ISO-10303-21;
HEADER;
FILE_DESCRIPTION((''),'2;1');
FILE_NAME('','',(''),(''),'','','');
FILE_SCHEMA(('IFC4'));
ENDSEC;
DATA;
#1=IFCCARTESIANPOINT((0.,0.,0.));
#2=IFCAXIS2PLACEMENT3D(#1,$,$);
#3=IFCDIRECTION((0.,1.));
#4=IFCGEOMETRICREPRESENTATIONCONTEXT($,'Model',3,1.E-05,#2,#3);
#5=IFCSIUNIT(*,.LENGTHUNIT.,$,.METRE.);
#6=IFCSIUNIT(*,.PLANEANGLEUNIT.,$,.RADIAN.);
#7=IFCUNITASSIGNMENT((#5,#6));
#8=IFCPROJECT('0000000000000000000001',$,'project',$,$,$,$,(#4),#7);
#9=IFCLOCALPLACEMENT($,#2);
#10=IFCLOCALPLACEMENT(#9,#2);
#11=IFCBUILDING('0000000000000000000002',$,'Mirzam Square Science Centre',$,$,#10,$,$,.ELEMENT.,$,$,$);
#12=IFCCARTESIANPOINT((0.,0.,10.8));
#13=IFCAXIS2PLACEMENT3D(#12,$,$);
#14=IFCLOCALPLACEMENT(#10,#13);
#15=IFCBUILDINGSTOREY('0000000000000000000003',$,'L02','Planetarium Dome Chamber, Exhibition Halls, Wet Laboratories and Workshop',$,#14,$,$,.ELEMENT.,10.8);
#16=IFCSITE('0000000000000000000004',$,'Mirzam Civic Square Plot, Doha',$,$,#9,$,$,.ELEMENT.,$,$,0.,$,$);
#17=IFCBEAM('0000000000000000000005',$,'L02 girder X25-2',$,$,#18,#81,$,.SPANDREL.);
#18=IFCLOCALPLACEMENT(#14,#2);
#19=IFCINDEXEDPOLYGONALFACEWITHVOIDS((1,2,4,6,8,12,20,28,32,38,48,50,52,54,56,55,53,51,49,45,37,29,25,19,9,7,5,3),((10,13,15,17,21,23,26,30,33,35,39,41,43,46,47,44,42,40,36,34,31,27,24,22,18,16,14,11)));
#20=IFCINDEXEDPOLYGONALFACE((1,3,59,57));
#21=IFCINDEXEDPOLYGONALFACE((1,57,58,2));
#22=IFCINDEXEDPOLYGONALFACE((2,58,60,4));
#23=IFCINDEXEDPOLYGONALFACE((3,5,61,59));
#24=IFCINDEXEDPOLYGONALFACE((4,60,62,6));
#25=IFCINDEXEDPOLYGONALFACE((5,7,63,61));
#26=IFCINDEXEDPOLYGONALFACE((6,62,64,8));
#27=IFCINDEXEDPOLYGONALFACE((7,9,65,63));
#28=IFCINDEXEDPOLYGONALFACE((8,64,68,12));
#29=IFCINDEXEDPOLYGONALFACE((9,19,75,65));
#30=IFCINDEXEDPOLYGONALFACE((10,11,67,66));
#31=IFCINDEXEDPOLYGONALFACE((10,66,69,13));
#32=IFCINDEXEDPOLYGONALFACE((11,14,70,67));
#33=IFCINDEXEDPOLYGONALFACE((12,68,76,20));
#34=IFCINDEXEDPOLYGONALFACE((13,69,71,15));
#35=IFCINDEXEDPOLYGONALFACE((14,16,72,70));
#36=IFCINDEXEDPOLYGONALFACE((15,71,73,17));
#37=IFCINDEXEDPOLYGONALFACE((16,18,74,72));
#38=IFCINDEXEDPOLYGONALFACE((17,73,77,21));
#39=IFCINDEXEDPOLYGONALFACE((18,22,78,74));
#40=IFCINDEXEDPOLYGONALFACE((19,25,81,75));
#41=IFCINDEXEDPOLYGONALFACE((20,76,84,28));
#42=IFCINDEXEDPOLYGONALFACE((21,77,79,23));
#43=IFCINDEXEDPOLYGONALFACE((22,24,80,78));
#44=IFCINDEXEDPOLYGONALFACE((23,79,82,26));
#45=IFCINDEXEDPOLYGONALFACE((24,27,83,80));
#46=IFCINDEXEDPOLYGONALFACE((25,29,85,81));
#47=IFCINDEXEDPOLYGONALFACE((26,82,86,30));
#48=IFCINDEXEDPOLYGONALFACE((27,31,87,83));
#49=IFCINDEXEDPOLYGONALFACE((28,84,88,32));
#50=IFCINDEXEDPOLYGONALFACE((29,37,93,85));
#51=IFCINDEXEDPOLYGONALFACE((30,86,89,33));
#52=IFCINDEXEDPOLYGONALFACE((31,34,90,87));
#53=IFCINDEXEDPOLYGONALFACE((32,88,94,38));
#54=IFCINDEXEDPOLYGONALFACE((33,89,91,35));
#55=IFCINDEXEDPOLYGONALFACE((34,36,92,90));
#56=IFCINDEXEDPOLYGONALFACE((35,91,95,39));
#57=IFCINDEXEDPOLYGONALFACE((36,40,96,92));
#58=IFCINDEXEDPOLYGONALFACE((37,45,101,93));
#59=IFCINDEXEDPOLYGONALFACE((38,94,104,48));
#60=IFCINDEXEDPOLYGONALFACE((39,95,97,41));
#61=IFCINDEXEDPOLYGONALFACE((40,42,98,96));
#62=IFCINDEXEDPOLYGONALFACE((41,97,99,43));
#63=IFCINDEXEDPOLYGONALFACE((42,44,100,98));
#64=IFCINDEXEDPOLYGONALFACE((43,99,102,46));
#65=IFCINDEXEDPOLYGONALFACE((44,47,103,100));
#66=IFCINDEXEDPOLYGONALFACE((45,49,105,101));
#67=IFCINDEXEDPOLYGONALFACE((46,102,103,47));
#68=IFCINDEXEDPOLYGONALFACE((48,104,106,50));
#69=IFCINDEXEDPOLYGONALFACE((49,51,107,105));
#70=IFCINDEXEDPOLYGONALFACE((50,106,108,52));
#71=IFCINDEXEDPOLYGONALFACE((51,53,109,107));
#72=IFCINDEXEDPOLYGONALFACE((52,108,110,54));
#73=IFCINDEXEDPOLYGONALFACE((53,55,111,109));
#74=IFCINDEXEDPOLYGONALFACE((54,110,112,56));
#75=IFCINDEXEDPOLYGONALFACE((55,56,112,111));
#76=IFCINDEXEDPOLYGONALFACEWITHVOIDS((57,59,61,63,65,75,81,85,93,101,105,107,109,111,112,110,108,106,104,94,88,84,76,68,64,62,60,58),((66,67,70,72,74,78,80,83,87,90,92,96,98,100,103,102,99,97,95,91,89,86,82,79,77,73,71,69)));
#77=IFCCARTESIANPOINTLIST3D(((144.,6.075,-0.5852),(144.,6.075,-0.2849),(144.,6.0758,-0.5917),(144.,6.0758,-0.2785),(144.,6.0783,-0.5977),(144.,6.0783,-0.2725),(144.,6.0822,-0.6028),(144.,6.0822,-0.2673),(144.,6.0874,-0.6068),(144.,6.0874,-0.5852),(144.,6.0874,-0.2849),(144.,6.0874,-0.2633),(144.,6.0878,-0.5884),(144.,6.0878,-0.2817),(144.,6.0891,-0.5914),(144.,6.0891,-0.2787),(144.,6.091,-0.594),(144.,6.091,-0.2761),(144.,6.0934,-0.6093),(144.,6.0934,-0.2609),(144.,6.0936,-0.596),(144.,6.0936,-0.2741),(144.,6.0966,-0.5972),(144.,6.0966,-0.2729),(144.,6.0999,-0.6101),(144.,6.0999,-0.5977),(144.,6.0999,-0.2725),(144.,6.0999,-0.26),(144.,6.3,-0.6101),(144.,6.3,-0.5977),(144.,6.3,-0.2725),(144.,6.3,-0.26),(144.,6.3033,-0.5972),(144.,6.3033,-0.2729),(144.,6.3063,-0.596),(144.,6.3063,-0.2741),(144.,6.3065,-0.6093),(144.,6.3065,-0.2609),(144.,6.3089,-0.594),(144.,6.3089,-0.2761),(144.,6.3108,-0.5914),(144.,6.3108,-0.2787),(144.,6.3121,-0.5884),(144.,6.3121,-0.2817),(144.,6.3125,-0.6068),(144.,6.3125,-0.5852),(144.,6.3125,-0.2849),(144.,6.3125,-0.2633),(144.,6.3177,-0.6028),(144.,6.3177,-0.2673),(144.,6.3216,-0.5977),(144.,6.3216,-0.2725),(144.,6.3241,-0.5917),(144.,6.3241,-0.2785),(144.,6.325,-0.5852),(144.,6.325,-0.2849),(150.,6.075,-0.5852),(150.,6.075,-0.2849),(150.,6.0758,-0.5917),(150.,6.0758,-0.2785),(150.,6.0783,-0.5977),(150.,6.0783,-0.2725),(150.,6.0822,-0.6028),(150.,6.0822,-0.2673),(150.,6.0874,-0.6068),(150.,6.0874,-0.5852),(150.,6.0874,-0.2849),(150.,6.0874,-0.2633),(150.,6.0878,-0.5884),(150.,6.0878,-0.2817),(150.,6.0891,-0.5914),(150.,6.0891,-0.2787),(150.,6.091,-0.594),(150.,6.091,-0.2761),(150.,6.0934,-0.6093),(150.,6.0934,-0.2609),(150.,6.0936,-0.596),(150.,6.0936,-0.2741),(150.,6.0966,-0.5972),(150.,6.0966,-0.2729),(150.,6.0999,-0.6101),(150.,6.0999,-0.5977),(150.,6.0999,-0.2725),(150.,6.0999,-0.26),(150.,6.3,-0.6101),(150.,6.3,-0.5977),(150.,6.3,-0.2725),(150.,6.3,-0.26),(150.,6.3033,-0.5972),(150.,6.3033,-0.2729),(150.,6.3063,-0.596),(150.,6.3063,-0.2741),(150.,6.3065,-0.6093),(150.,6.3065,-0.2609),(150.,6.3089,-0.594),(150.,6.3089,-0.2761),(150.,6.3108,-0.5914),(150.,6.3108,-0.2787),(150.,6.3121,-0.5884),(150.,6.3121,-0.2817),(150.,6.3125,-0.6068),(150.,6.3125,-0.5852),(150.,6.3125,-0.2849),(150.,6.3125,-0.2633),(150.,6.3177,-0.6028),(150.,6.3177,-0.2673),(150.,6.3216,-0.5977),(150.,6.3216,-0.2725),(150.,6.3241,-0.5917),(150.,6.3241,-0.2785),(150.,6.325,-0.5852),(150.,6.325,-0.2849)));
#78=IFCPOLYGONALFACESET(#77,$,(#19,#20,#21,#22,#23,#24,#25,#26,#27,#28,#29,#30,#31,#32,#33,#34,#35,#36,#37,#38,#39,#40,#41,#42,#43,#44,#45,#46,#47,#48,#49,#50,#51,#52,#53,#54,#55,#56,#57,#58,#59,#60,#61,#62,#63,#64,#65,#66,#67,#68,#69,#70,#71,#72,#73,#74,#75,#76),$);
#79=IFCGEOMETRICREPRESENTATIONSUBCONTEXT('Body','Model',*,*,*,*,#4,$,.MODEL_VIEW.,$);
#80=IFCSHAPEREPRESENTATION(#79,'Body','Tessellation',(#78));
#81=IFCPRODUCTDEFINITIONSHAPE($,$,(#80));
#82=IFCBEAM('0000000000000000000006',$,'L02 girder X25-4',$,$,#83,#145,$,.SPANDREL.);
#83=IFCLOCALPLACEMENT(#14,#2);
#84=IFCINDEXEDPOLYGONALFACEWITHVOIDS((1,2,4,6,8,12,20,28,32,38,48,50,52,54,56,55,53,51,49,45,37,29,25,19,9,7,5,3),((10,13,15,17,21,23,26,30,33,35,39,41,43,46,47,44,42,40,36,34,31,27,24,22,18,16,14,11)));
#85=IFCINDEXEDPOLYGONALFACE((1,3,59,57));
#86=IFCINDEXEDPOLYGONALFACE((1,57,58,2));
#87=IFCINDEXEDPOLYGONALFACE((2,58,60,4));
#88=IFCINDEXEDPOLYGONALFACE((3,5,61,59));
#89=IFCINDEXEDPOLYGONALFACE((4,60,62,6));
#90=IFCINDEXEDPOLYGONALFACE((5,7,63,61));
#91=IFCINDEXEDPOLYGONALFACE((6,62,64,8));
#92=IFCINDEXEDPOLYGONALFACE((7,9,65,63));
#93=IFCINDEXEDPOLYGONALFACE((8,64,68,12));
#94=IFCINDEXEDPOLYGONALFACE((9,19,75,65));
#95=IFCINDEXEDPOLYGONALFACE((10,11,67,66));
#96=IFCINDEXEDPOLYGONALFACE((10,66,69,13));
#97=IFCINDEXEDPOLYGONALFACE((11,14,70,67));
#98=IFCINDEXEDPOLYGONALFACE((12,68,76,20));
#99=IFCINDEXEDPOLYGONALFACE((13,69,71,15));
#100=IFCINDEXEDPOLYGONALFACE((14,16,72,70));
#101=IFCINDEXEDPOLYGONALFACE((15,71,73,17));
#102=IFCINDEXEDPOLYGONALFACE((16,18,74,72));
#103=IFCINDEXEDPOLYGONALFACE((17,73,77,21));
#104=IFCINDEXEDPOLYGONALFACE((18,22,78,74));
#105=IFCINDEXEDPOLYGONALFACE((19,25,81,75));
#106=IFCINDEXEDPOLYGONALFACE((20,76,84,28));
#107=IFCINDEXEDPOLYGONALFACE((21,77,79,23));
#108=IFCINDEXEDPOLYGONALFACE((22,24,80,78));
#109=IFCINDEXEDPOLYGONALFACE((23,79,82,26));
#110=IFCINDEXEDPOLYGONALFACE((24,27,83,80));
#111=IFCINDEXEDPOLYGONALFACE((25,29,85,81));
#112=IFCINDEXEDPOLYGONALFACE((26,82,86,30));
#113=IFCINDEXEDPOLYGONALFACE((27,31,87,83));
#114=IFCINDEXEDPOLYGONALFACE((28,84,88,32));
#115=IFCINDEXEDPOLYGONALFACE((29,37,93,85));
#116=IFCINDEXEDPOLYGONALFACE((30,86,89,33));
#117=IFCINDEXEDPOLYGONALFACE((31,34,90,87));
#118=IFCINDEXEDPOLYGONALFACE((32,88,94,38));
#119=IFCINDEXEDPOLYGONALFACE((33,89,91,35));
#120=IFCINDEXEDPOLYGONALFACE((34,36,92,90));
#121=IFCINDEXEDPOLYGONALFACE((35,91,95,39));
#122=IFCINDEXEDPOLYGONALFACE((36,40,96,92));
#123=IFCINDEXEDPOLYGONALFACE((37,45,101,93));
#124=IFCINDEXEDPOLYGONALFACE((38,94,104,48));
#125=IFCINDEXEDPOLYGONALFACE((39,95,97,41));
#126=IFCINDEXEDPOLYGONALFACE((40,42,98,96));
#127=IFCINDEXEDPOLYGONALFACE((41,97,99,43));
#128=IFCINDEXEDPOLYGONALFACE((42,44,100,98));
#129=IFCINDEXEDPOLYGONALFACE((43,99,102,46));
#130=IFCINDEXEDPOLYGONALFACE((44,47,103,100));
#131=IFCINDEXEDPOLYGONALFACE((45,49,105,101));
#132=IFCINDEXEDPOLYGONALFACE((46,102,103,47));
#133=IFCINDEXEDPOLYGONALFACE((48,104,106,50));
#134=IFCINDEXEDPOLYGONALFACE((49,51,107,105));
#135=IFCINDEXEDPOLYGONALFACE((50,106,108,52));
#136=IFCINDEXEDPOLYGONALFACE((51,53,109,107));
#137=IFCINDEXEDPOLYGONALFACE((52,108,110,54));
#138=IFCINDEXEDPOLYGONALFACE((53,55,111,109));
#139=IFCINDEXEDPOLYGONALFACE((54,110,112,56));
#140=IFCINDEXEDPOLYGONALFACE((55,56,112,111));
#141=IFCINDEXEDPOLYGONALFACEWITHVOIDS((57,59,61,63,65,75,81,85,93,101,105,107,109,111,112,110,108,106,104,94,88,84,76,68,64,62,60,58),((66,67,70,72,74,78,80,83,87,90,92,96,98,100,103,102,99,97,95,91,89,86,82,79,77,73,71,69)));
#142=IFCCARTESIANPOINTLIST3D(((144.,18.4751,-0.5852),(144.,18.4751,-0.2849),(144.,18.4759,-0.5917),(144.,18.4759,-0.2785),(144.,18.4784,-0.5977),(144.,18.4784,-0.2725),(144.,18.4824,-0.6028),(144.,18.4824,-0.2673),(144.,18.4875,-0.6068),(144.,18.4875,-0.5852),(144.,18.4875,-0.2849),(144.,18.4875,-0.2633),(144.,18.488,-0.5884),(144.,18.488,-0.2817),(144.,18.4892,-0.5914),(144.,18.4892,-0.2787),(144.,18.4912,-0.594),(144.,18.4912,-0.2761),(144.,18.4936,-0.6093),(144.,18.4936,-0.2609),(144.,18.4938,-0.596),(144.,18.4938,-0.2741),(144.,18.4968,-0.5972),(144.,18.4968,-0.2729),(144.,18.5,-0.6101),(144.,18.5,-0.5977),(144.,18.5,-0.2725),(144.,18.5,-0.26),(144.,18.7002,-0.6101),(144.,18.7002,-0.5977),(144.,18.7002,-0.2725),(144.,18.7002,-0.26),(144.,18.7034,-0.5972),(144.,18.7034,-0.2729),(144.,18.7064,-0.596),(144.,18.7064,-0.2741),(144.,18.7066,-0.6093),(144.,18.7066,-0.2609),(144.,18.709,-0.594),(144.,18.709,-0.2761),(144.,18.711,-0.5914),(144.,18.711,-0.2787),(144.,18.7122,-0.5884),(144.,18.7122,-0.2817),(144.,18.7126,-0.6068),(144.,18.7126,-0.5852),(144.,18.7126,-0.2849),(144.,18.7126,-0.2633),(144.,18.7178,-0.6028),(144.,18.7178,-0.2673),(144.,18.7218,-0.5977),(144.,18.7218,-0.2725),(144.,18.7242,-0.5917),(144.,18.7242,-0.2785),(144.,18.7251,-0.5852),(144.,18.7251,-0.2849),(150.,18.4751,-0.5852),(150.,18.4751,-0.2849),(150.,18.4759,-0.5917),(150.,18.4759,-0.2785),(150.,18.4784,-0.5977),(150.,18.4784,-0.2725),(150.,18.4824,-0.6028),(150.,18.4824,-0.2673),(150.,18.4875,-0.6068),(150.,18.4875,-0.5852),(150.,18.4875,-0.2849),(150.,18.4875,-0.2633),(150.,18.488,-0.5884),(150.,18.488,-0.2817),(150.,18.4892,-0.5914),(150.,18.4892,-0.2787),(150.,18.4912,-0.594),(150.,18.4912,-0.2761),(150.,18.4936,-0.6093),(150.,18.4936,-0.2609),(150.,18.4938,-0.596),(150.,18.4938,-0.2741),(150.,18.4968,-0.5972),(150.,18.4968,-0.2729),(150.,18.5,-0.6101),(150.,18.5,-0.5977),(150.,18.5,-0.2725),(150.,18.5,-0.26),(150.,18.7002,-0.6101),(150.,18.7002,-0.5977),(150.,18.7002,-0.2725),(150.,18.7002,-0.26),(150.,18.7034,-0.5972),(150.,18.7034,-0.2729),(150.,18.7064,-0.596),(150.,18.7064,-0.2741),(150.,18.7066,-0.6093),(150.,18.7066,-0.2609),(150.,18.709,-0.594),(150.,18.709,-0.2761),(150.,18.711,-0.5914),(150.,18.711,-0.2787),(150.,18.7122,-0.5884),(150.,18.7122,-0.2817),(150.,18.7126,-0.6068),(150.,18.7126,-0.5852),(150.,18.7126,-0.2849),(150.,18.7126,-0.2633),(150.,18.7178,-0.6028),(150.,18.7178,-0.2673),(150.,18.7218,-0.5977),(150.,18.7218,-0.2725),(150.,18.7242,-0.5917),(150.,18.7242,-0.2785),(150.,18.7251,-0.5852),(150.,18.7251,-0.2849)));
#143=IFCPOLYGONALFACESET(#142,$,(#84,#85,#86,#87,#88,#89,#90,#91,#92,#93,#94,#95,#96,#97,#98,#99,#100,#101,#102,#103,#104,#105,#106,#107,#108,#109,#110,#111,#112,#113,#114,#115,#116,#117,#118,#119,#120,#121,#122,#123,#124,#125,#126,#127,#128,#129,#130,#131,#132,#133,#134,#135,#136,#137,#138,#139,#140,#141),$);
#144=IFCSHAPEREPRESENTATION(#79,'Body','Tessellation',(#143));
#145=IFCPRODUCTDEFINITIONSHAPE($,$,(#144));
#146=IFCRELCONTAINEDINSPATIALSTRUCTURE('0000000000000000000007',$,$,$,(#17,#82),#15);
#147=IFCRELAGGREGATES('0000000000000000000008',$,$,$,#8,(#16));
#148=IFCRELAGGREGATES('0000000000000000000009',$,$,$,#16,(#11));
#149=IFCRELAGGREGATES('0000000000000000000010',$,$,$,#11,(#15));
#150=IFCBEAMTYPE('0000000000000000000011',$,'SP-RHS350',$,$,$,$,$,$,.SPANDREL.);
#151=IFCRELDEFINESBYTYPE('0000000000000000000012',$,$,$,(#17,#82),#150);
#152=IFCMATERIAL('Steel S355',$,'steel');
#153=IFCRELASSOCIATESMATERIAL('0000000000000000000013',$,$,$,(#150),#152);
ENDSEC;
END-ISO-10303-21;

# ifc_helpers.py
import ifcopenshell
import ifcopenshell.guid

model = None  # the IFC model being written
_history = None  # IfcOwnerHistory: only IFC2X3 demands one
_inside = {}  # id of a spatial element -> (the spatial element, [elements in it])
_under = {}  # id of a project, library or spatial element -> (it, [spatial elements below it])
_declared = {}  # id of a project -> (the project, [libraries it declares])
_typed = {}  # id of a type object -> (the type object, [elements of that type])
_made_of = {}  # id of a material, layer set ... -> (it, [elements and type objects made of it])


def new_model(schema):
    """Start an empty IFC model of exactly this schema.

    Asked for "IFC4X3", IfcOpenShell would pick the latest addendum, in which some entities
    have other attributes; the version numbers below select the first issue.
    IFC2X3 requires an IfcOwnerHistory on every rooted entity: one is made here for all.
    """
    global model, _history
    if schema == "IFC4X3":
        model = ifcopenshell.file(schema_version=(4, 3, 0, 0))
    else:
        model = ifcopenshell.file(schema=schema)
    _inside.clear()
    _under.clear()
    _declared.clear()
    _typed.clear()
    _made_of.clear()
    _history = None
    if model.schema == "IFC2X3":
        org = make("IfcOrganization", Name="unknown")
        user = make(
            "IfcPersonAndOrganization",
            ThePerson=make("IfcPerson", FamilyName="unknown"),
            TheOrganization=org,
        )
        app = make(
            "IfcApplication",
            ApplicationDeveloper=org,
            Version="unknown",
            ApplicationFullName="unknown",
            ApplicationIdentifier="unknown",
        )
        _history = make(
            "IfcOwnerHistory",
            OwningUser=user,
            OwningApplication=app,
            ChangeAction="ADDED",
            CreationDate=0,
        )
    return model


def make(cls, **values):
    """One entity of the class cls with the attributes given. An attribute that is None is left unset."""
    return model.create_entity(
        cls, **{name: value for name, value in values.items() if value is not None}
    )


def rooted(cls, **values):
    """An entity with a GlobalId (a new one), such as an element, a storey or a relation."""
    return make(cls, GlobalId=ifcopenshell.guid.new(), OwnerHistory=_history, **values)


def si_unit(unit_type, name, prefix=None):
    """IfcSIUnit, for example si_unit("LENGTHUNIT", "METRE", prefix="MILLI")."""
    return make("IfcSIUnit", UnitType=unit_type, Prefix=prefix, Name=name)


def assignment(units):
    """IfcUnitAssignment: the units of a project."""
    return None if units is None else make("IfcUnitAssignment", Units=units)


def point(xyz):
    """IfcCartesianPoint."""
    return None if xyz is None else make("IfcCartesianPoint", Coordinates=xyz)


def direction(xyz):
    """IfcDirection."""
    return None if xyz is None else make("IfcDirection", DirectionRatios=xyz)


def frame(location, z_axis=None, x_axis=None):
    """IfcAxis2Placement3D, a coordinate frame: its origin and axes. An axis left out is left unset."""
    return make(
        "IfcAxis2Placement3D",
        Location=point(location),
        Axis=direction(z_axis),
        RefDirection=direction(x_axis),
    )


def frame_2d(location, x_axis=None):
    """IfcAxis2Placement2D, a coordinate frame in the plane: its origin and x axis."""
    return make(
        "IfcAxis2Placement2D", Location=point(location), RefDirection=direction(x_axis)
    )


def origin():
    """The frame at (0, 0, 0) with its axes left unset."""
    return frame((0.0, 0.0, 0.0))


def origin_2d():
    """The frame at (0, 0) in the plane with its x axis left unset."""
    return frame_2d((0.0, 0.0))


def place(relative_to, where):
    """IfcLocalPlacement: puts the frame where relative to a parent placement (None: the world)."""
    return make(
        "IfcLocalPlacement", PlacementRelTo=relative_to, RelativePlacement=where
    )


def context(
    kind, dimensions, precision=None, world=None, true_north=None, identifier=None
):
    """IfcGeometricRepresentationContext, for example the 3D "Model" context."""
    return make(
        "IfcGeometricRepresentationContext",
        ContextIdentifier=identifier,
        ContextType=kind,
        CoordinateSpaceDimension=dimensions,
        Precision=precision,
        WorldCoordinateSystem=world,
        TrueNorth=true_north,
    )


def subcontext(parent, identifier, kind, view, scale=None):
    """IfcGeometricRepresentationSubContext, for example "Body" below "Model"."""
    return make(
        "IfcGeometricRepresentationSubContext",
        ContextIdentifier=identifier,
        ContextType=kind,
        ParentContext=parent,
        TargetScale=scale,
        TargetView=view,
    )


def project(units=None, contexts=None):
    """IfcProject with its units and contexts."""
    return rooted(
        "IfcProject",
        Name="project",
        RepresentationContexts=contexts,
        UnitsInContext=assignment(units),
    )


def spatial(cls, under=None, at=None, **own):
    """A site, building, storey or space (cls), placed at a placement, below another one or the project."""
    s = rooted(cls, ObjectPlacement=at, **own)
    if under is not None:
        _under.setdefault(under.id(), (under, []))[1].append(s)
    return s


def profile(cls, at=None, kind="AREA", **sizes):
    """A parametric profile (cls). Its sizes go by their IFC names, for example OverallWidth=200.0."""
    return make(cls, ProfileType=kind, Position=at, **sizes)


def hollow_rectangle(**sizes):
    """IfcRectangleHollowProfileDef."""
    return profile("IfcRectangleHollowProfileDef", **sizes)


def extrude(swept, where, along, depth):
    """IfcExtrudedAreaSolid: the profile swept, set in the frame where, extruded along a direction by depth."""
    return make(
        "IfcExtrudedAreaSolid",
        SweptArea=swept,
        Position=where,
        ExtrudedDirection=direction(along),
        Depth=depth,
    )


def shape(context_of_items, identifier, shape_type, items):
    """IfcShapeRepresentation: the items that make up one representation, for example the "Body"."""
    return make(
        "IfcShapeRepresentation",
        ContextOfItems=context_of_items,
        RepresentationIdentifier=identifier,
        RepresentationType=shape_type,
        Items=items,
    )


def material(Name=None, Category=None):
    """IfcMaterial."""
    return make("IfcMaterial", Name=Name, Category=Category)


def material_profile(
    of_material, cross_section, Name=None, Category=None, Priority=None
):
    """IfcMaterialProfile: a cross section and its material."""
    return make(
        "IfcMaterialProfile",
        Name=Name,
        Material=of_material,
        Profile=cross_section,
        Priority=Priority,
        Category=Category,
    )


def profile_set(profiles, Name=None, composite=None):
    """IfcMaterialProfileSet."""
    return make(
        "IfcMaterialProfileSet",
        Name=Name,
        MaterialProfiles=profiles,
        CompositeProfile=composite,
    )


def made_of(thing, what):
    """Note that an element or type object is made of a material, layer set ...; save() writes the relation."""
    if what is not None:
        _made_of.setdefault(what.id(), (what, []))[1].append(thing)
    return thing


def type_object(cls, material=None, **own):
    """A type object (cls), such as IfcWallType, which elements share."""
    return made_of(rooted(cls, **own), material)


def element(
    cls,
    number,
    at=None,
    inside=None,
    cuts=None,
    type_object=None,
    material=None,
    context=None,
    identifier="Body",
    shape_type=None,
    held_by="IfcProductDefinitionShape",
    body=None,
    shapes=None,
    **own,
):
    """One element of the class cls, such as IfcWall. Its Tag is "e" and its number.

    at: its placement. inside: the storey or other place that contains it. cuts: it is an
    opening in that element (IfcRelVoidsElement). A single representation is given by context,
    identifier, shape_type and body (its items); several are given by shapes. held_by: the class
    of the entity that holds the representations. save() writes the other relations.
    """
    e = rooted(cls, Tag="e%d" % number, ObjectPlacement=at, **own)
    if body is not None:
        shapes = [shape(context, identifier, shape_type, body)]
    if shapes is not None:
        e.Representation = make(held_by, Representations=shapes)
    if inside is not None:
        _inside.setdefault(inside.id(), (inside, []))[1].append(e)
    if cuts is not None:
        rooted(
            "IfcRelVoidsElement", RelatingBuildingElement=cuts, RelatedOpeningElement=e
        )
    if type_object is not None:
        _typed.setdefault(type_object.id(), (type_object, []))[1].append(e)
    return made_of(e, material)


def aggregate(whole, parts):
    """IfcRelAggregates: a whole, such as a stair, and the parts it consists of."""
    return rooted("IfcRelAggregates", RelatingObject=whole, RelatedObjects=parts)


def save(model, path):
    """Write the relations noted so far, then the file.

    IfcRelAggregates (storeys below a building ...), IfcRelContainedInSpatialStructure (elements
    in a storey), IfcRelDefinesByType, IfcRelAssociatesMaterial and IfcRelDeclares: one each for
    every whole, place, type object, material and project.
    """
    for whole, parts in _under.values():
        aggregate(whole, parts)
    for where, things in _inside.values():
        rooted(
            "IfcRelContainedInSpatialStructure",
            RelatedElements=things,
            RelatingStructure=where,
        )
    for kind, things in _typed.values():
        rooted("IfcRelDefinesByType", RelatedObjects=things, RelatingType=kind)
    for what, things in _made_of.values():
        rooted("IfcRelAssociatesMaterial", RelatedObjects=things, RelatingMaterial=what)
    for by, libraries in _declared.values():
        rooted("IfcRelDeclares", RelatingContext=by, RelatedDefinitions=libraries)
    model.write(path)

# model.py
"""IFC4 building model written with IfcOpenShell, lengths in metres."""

from ifc_helpers import new_model, si_unit, direction, frame, origin, origin_2d, place, context, subcontext, project, spatial, hollow_rectangle, extrude, material, material_profile, profile_set, type_object, element, save


model = new_model("IFC4")

# Units and contexts
model_context = context("Model", 3, precision=1e-05, world=origin(), true_north=direction((0.0, 1.0)))
body_context = subcontext(model_context, "Body", "Model", "MODEL_VIEW")
ifc_project = project(units=[si_unit("LENGTHUNIT", "METRE"), si_unit("PLANEANGLEUNIT", "RADIAN")], contexts=[model_context])

# Site, building, storey
site_placement = place(None, origin())
site = spatial("IfcSite", under=ifc_project, at=site_placement, Name="Mirzam Civic Square Plot, Doha", CompositionType="ELEMENT", RefElevation=0.0)
building_placement = place(site_placement, origin())
building = spatial("IfcBuilding", under=site, at=building_placement, Name="Mirzam Square Science Centre", CompositionType="ELEMENT")
storey_placement = place(building_placement, frame((0.0, 0.0, 10.8)))
storey = spatial("IfcBuildingStorey", under=building, at=storey_placement, Name="L02", Description="Planetarium Dome Chamber, Exhibition Halls, Wet Laboratories and Workshop", CompositionType="ELEMENT", Elevation=10.8)

# Shared definitions
ifc_material_1 = material(Name="Steel S355", Category="steel")

# Beams
ifc_material_profile_1 = material_profile(ifc_material_1, hollow_rectangle(XDim=0.25, YDim=0.3501, WallThickness=0.0125, InnerFilletRadius=0.0125, OuterFilletRadius=0.0249, at=origin_2d()), Name="350x250x12.5RHS")
ifc_profile_set_1 = profile_set([ifc_material_profile_1], Name="Steel S355")
beam_type_1 = type_object("IfcBeamType", Name="SP-RHS350", PredefinedType="SPANDREL", material=ifc_profile_set_1)
for number, where, z_axis, x_axis, name in (
    (1, (144.0, 6.2, -0.4351), (1.0, 0.0, 0.0), (0.0, 1.0, 0.0), "L02 girder X25-2"),
    (2, (144.0, 18.6001, -0.4351), (1.0, 0.0, 0.0), (0.0, 1.0, 0.0), "L02 girder X25-4"),
):
    element("IfcBeam", number, at=place(storey_placement, frame(where, z_axis=z_axis, x_axis=x_axis)), inside=storey, type_object=beam_type_1, Name=name, PredefinedType="SPANDREL", context=body_context, shape_type="SweptSolid", body=[
        extrude(hollow_rectangle(XDim=0.25, YDim=0.3501, WallThickness=0.0125, InnerFilletRadius=0.0125, OuterFilletRadius=0.0249, at=origin_2d()), origin(), (0.0, 0.0, 1.0), 6.0),
    ])

save(model, "model.ifc")
